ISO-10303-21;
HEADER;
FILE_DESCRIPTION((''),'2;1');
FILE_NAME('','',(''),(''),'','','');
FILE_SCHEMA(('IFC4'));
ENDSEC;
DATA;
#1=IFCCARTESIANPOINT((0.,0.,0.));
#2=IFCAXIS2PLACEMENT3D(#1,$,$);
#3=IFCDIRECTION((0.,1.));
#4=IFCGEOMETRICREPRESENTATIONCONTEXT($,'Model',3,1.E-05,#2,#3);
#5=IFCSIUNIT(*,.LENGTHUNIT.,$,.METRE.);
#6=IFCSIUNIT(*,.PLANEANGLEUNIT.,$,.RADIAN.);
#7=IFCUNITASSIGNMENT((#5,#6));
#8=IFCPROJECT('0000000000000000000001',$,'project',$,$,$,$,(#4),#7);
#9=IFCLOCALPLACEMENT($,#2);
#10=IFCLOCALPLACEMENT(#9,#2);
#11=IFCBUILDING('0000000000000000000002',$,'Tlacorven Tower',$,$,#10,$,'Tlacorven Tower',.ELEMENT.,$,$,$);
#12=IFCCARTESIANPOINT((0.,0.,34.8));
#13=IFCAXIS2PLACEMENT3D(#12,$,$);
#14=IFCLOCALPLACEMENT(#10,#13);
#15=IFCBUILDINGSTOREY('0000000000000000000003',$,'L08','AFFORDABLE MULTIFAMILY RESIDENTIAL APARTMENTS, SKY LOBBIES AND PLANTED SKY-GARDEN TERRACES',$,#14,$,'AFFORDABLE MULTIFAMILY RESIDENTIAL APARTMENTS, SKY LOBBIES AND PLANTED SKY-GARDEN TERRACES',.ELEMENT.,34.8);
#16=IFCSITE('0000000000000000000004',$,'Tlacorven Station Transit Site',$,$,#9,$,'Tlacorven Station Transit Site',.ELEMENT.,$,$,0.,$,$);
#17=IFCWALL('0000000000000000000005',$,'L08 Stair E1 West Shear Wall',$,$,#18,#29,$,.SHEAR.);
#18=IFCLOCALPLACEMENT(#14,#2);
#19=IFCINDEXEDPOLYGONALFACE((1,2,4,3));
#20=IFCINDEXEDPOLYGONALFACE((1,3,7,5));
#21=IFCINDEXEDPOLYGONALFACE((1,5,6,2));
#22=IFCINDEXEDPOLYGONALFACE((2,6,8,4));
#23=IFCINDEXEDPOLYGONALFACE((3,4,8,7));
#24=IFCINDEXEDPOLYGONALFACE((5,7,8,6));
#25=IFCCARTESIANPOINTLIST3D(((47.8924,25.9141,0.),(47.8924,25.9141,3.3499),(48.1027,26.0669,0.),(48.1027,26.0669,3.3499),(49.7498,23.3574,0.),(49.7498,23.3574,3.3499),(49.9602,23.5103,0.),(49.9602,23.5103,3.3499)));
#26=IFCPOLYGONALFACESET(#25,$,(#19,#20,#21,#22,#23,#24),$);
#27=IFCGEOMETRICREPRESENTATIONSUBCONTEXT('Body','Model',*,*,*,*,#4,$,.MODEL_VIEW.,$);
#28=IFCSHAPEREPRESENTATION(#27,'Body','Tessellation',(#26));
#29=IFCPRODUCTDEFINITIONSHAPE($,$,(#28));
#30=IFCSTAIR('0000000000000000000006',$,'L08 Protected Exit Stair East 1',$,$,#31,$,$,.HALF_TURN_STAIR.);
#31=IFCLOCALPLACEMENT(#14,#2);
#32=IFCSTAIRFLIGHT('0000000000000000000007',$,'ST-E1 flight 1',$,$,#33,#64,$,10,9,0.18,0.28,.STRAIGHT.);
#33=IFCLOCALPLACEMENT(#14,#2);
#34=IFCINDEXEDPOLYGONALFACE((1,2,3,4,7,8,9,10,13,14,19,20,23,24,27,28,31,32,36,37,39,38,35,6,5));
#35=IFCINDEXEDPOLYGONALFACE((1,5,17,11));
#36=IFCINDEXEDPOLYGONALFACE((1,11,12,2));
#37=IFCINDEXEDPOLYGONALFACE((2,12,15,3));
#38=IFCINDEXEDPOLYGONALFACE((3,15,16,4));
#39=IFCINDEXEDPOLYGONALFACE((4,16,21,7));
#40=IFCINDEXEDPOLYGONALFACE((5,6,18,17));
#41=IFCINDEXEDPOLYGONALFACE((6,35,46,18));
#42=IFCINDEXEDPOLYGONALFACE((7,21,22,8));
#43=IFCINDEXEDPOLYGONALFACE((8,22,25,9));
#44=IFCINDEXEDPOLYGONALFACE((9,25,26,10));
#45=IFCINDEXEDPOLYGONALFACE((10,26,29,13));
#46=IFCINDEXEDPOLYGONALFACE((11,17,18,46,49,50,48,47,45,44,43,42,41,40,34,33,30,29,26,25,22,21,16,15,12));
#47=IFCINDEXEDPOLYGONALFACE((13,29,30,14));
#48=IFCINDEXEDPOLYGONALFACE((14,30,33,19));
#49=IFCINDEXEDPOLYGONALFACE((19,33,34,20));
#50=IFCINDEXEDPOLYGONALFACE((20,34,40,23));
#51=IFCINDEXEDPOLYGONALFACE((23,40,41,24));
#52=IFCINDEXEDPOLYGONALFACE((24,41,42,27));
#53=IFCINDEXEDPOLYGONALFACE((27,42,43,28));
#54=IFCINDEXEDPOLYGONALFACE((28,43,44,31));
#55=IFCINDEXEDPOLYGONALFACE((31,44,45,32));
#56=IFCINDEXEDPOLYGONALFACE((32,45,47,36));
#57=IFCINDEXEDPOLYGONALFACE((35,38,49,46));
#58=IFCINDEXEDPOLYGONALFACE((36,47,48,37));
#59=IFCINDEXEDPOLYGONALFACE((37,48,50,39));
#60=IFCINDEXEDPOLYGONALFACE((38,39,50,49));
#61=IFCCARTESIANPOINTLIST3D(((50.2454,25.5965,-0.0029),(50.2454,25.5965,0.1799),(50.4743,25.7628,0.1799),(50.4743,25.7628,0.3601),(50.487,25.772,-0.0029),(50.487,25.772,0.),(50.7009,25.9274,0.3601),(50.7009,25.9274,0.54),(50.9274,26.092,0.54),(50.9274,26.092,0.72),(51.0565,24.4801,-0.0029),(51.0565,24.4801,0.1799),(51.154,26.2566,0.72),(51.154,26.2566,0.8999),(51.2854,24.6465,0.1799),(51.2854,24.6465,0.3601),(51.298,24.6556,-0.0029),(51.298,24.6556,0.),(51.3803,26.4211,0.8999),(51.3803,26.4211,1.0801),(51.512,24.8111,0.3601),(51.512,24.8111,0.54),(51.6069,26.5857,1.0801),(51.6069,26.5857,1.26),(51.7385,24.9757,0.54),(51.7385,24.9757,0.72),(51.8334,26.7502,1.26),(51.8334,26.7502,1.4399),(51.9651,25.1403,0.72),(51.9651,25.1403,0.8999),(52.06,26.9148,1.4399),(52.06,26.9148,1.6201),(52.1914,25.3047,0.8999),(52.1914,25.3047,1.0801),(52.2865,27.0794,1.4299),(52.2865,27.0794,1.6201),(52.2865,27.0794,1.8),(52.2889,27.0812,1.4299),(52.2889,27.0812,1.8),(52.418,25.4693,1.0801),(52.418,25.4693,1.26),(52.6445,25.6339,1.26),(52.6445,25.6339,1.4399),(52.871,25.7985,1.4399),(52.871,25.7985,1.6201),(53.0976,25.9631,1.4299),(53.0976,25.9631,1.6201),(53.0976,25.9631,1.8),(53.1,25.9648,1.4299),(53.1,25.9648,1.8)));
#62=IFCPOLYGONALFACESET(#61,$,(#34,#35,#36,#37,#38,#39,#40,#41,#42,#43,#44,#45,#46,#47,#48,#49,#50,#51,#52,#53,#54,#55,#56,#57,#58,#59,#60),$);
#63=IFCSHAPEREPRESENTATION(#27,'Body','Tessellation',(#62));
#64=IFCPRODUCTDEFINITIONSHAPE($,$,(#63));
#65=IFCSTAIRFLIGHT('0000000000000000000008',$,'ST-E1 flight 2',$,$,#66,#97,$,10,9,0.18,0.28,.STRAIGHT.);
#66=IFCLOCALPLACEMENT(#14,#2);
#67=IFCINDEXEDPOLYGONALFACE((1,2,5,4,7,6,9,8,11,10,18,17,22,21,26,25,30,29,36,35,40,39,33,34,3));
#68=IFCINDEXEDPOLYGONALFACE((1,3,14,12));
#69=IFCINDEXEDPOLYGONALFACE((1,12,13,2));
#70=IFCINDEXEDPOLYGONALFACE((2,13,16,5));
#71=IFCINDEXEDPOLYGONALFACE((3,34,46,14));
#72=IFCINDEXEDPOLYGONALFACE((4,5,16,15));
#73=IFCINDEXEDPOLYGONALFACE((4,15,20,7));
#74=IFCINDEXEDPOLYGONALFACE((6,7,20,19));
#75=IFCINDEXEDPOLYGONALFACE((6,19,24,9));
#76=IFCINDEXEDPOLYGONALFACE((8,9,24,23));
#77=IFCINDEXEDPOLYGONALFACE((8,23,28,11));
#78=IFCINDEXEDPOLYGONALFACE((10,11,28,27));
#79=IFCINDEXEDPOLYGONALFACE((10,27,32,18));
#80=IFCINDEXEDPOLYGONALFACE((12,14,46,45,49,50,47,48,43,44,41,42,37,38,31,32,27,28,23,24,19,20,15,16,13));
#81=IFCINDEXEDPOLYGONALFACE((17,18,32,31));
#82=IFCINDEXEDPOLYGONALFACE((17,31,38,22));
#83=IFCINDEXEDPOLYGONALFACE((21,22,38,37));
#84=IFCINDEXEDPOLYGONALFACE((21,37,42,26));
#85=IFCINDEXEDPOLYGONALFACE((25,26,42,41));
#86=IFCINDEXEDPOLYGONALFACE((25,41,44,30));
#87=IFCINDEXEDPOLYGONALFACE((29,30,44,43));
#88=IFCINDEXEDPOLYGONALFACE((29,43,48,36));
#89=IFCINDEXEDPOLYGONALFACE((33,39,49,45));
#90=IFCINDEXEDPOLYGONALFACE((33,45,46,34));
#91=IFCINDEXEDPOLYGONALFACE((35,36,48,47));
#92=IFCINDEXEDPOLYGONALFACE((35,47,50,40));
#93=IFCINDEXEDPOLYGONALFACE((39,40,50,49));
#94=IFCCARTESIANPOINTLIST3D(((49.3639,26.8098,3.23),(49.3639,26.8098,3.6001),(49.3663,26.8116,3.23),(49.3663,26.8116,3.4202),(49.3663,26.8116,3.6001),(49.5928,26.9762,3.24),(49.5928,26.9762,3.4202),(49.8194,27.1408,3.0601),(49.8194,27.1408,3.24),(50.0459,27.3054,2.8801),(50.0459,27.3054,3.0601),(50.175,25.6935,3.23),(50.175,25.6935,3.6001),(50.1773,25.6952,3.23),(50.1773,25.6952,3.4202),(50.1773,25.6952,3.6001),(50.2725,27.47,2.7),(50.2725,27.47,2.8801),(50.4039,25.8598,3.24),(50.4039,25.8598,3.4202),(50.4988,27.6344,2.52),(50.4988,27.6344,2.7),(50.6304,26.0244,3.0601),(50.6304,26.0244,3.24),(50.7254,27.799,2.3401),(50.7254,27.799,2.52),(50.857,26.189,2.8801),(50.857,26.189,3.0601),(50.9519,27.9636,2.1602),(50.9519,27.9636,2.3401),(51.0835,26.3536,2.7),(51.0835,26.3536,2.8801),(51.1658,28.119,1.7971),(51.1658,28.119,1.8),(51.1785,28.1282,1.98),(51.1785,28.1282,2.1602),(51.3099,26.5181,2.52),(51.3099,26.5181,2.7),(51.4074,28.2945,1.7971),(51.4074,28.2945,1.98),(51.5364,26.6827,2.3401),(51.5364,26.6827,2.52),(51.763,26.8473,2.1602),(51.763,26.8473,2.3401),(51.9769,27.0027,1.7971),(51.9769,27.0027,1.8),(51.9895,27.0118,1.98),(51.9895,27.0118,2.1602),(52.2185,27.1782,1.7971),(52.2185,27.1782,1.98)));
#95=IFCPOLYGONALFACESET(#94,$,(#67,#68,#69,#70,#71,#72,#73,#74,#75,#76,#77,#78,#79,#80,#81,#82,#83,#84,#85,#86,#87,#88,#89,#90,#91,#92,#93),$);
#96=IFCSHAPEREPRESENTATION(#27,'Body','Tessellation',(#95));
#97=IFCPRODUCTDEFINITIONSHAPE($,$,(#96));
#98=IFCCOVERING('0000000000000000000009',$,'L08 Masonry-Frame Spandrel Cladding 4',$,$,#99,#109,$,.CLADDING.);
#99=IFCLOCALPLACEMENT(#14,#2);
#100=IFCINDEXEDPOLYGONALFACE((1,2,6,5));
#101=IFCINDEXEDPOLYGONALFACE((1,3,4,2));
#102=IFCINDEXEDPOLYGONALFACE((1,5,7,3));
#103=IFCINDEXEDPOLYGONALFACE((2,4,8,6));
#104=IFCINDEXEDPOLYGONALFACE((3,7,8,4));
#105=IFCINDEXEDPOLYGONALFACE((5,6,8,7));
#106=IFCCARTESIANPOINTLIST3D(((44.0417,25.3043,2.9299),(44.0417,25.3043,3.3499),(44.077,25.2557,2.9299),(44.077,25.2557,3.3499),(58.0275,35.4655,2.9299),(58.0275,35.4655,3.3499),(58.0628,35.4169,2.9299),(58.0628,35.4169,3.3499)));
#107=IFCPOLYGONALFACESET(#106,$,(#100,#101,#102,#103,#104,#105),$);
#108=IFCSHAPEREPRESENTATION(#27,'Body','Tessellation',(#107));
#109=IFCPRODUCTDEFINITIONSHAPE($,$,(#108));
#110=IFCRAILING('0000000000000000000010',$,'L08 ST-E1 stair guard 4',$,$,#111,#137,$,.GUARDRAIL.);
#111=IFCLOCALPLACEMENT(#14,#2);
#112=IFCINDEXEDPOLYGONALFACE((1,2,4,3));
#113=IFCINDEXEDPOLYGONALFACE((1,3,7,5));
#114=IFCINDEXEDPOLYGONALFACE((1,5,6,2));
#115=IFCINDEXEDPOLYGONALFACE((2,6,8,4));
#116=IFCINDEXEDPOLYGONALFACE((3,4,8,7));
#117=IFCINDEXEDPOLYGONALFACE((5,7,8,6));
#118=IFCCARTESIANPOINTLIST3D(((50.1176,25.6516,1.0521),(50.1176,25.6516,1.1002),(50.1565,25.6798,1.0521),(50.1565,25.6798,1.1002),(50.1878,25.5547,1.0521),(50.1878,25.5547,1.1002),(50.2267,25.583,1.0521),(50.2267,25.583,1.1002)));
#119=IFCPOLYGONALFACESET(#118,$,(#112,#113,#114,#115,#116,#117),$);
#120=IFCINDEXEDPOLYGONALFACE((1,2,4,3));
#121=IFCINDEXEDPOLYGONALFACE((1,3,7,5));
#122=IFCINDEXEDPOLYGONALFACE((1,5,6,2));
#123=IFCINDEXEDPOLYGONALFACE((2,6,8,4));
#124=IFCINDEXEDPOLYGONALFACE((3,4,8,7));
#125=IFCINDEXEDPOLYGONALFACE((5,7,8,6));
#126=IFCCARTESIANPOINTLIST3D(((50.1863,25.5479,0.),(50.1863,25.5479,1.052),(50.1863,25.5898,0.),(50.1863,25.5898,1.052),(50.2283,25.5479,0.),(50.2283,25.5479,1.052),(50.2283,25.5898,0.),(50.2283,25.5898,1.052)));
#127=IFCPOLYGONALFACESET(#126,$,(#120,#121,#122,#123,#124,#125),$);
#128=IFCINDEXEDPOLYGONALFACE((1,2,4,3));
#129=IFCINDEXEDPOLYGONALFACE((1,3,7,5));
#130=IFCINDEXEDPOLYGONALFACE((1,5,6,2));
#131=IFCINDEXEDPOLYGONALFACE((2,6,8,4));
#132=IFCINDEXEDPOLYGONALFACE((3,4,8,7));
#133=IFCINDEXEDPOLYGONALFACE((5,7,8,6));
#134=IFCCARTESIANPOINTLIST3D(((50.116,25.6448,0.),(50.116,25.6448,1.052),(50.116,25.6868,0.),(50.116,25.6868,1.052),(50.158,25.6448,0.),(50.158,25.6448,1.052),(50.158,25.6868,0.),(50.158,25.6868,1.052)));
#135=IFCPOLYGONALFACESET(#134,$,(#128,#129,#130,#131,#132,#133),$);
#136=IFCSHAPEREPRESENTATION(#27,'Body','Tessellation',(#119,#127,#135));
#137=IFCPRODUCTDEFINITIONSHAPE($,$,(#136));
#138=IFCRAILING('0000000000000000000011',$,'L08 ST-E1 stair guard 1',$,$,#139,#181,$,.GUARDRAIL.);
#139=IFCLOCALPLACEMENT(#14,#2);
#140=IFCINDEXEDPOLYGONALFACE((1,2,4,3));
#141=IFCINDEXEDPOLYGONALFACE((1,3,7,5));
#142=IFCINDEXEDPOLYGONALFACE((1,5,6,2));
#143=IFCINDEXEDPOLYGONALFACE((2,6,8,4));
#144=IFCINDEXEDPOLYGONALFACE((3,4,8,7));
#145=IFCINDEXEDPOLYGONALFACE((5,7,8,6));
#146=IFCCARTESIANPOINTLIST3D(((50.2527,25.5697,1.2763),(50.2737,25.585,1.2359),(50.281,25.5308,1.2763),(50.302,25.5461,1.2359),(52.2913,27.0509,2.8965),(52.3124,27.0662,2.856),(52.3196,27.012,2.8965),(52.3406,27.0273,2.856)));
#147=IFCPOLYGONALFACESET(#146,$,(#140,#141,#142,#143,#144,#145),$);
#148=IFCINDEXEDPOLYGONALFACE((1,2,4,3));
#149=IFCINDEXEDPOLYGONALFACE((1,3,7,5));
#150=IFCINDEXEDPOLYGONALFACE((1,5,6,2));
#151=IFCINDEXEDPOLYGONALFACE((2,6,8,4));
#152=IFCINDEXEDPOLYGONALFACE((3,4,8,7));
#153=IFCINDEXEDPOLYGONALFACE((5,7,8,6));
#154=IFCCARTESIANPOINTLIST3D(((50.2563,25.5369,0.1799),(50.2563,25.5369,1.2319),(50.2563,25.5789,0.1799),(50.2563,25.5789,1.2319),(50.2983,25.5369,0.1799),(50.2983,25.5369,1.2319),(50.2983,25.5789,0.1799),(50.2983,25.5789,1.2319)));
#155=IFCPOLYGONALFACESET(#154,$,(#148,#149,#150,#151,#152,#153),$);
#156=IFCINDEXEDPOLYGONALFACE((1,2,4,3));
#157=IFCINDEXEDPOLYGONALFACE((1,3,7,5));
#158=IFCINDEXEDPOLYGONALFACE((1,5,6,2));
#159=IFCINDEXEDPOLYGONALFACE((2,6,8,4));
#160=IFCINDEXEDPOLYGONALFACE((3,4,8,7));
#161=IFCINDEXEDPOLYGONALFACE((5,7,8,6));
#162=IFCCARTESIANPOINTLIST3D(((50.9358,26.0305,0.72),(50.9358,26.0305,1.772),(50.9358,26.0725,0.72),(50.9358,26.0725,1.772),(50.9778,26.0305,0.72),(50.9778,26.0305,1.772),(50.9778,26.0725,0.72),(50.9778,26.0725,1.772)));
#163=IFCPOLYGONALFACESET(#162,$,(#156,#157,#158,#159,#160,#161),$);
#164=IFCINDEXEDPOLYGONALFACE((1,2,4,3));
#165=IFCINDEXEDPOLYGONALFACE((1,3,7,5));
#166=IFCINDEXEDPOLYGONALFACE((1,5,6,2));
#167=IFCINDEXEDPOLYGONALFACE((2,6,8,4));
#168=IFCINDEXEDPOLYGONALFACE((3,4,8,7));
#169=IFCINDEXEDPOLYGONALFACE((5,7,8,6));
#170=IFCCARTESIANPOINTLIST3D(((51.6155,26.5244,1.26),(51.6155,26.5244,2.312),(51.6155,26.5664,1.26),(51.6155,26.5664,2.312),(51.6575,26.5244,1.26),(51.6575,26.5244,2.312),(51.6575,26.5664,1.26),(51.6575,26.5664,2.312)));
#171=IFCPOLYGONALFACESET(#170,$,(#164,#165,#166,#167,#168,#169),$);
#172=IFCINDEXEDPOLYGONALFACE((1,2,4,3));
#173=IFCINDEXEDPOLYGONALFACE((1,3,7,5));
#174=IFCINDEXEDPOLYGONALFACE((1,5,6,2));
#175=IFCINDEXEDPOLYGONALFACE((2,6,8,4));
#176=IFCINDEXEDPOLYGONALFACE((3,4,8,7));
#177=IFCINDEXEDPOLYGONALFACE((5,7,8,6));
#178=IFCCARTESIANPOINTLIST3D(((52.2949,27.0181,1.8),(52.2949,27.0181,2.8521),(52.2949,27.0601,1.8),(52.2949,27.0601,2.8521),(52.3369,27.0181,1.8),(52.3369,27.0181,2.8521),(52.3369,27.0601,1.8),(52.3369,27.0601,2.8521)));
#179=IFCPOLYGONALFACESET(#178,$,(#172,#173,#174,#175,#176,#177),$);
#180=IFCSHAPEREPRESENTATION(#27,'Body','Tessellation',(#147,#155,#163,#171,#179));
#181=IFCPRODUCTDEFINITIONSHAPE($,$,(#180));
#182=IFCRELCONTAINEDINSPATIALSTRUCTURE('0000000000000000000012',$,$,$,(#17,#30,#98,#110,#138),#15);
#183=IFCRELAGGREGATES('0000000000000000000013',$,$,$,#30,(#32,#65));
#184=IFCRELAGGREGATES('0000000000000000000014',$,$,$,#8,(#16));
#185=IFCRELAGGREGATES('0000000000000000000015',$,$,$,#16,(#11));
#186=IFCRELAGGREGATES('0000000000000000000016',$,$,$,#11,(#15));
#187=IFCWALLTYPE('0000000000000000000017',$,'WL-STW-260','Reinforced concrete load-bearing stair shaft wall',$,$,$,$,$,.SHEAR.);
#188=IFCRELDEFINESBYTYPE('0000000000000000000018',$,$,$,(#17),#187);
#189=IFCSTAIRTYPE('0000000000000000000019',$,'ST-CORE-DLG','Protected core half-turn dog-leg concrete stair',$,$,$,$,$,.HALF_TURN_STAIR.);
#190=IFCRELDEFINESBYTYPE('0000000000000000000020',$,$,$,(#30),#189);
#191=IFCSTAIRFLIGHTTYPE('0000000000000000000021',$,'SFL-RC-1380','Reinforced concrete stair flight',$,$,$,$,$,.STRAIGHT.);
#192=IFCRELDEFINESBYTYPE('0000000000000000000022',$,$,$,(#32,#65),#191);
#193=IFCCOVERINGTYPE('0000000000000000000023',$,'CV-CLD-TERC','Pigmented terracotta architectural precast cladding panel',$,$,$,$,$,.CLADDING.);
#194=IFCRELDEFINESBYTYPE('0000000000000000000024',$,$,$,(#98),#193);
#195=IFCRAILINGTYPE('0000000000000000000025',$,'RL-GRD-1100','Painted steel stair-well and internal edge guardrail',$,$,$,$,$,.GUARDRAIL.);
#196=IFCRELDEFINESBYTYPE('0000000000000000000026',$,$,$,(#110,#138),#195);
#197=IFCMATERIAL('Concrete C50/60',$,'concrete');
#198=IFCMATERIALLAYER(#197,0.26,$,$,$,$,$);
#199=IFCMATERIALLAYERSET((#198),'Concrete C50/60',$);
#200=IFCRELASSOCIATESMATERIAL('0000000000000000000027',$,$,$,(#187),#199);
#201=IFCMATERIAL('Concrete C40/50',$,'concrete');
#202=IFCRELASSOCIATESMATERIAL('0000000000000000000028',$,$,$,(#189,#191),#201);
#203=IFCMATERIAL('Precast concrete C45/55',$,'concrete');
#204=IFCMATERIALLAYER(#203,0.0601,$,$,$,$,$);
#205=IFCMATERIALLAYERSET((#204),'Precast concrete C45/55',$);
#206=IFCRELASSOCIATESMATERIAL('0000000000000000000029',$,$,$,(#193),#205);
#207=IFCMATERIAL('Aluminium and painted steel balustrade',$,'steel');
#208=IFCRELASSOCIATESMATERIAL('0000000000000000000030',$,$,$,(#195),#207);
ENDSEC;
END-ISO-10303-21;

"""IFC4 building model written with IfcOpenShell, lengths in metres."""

from ifc_helpers import new_model, si_unit, direction, frame, frame_2d, origin, origin_2d, place, context, subcontext, project, spatial, polyline, rectangle, outline, extrude, source, transform, mapped, material, layer, layer_set, type_object, element, aggregate, save


model = new_model("IFC4")

# Units and contexts
model_context = context("Model", 3, precision=1e-05, world=origin(), true_north=direction((0.0, 1.0)))
body_context = subcontext(model_context, "Body", "Model", "MODEL_VIEW")
ifc_project = project(units=[si_unit("LENGTHUNIT", "METRE"), si_unit("PLANEANGLEUNIT", "RADIAN")], contexts=[model_context])

# Site, building, storey
site_placement = place(None, origin())
site = spatial("IfcSite", under=ifc_project, at=site_placement, Name="Tlacorven Station Transit Site", LongName="Tlacorven Station Transit Site", CompositionType="ELEMENT", RefElevation=0.0)
building_placement = place(site_placement, origin())
building = spatial("IfcBuilding", under=site, at=building_placement, Name="Tlacorven Tower", LongName="Tlacorven Tower", CompositionType="ELEMENT")
storey_placement = place(building_placement, frame((0.0, 0.0, 34.8)))
storey = spatial("IfcBuildingStorey", under=building, at=storey_placement, Name="L08", Description="AFFORDABLE MULTIFAMILY RESIDENTIAL APARTMENTS, SKY LOBBIES AND PLANTED SKY-GARDEN TERRACES", LongName="AFFORDABLE MULTIFAMILY RESIDENTIAL APARTMENTS, SKY LOBBIES AND PLANTED SKY-GARDEN TERRACES", CompositionType="ELEMENT", Elevation=34.8)

# Shared definitions
ifc_material_1 = material(Name="Precast concrete C45/55", Category="concrete")

# Shared definitions
ifc_material_2 = material(Name="Concrete C40/50", Category="concrete")

# Shared definitions
ifc_material_3 = material(Name="Concrete C50/60", Category="concrete")
ifc_layer_1 = layer(ifc_material_3, 0.26)
ifc_layer_set_1 = layer_set([ifc_layer_1], Name="Concrete C50/60")
wall_type_1 = type_object("IfcWallType", Name="WL-STW-260", Description="Reinforced concrete load-bearing stair shaft wall", PredefinedType="SHEAR", material=ifc_layer_set_1)

# Wall
wall_1_placement = place(storey_placement, frame((49.855, 23.4338, 0.0), z_axis=(0.0, 0.0, 1.0), x_axis=(-0.587767, 0.80903, 0.0)))
element("IfcWall", 1, at=wall_1_placement, inside=storey, type_object=wall_type_1, Name="L08 Stair E1 West Shear Wall", PredefinedType="SHEAR", context=body_context, shape_type="SweptSolid", body=[
    extrude(rectangle(XDim=3.1602, YDim=0.26, at=frame_2d((1.5801, 0.0))), origin(), (0.0, 0.0, 1.0), 3.3499),
])

# Stair, stair flights
stair_type = type_object("IfcStairType", Name="ST-CORE-DLG", Description="Protected core half-turn dog-leg concrete stair", PredefinedType="HALF_TURN_STAIR", material=ifc_material_2)
stair_placement = place(storey_placement, origin())
stair = element("IfcStair", 2, at=stair_placement, inside=storey, type_object=stair_type, Name="L08 Protected Exit Stair East 1", PredefinedType="HALF_TURN_STAIR")
stair_flight_type = type_object("IfcStairFlightType", Name="SFL-RC-1380", Description="Reinforced concrete stair flight", PredefinedType="STRAIGHT", material=ifc_material_2)
shared_shape_1 = source(origin(), body_context, "Body", "SweptSolid", [
    extrude(outline(polyline([(-0.0029, -0.0029), (-0.0029, 0.1799), (0.28, 0.1799), (0.28, 0.3601), (0.5601, 0.3601), (0.5601, 0.54), (0.8401, 0.54), (0.8401, 0.72), (1.1201, 0.72), (1.1201, 0.8999), (1.3999, 0.8999), (1.3999, 1.0801), (1.6799, 1.0801), (1.6799, 1.26), (1.96, 1.26), (1.96, 1.4399), (2.24, 1.4399), (2.24, 1.6201), (2.52, 1.6201), (2.52, 1.8), (2.5229, 1.8), (2.5229, 1.4299), (2.52, 1.4299), (0.2957, 0.0), (0.2957, -0.0029), (-0.0029, -0.0029)])), frame((0.0, 0.6899, 0.0), z_axis=(0.0, -1.0, 0.0), x_axis=(1.0, 0.0, 0.0)), (0.0, 0.0, 1.0), 1.3799),
])
stair_flight_1_placement = place(storey_placement, frame((50.6533, 25.04, 0.0), z_axis=(0.0, 0.0, 1.0), x_axis=(0.809017, 0.587785, 0.0)))
stair_flight_1 = element("IfcStairFlight", 3, at=stair_flight_1_placement, type_object=stair_flight_type, Name="ST-E1 flight 1", NumberOfRisers=10, NumberOfTreads=9, PredefinedType="STRAIGHT", RiserHeight=0.18, TreadLength=0.28, context=body_context, shape_type="MappedRepresentation", body=[
    mapped(shared_shape_1, transform((0.0, 0.0, 0.0), scale=1.0)),
])
stair_flight_2_placement = place(storey_placement, frame((51.8105, 27.7346, 1.8), z_axis=(0.0, 0.0, 1.0), x_axis=(-0.809017, -0.587785, 0.0)))
stair_flight_2 = element("IfcStairFlight", 4, at=stair_flight_2_placement, type_object=stair_flight_type, Name="ST-E1 flight 2", NumberOfRisers=10, NumberOfTreads=9, PredefinedType="STRAIGHT", RiserHeight=0.18, TreadLength=0.28, context=body_context, shape_type="MappedRepresentation", body=[
    mapped(shared_shape_1, transform((0.0, 0.0, 0.0), scale=1.0)),
])
aggregate(stair, [stair_flight_1, stair_flight_2])

# Covering
ifc_layer_2 = layer(ifc_material_1, 0.0601)
ifc_layer_set_2 = layer_set([ifc_layer_2], Name="Precast concrete C45/55")
covering_type = type_object("IfcCoveringType", Name="CV-CLD-TERC", Description="Pigmented terracotta architectural precast cladding panel", PredefinedType="CLADDING", material=ifc_layer_set_2)
shared_shape_2 = source(origin(), body_context, "Body", "SweptSolid", [
    extrude(rectangle(XDim=17.2874, YDim=0.0601, at=origin_2d()), origin(), (0.0, 0.0, 1.0), 0.4199),
])
covering_placement = place(storey_placement, frame((51.0522, 30.3606, 2.9299), z_axis=(0.0, 0.0, 1.0), x_axis=(0.809017, 0.587785, 0.0)))
element("IfcCovering", 5, at=covering_placement, inside=storey, type_object=covering_type, Name="L08 Masonry-Frame Spandrel Cladding 4", PredefinedType="CLADDING", context=body_context, shape_type="MappedRepresentation", body=[
    mapped(shared_shape_2, transform((0.0, 0.0, 0.0), scale=1.0)),
])

# Railings
ifc_material_4 = material(Name="Aluminium and painted steel balustrade", Category="steel")
railing_type_1 = type_object("IfcRailingType", Name="RL-GRD-1100", Description="Painted steel stair-well and internal edge guardrail", PredefinedType="GUARDRAIL", material=ifc_material_4)
shared_shape_3 = source(origin(), body_context, "Body", "SweptSolid", [
    extrude(rectangle(XDim=0.0481, YDim=0.0481, at=origin_2d()), frame((0.0, 0.0, 1.0762), z_axis=(-0.587201, 0.809441, 0.0), x_axis=(-0.809441, -0.587201, 0.0)), (0.0, 0.0, 1.0), 0.1196),
    extrude(rectangle(XDim=0.042, YDim=0.042, at=origin_2d()), origin(), (0.0, 0.0, 1.0), 1.052),
    extrude(rectangle(XDim=0.042, YDim=0.042, at=origin_2d()), frame((-0.0703, 0.0969, 0.0)), (0.0, 0.0, 1.0), 1.052),
])
railing_1_placement = place(storey_placement, frame((50.2073, 25.5688, 0.0)))
element("IfcRailing", 6, at=railing_1_placement, inside=storey, type_object=railing_type_1, Name="L08 ST-E1 stair guard 4", PredefinedType="GUARDRAIL", context=body_context, shape_type="MappedRepresentation", body=[
    mapped(shared_shape_3, transform((0.0, 0.0, 0.0), scale=1.0)),
])
shared_shape_4 = source(origin(), body_context, "Body", "SweptSolid", [
    extrude(rectangle(XDim=0.0481, YDim=0.0481, at=origin_2d()), frame((0.0, 0.0, 1.0762), z_axis=(0.680489, 0.494434, 0.540805), x_axis=(-0.587809, 0.809, 0.0)), (0.0, 0.0, 1.0), 2.9958),
    extrude(rectangle(XDim=0.042, YDim=0.042, at=origin_2d()), origin(), (0.0, 0.0, 1.0), 1.052),
    extrude(rectangle(XDim=0.042, YDim=0.042, at=origin_2d()), frame((0.6794, 0.4937, 0.54)), (0.0, 0.0, 1.0), 1.052),
    extrude(rectangle(XDim=0.042, YDim=0.042, at=origin_2d()), frame((1.3591, 0.9875, 1.0801)), (0.0, 0.0, 1.0), 1.052),
    extrude(rectangle(XDim=0.042, YDim=0.042, at=origin_2d()), frame((2.0386, 1.4812, 1.6201)), (0.0, 0.0, 1.0), 1.052),
])
railing_2_placement = place(storey_placement, frame((50.2773, 25.5579, 0.1799)))
element("IfcRailing", 7, at=railing_2_placement, inside=storey, type_object=railing_type_1, Name="L08 ST-E1 stair guard 1", PredefinedType="GUARDRAIL", context=body_context, shape_type="MappedRepresentation", body=[
    mapped(shared_shape_4, transform((0.0, 0.0, 0.0), scale=1.0)),
])

save(model, "model.ifc")
